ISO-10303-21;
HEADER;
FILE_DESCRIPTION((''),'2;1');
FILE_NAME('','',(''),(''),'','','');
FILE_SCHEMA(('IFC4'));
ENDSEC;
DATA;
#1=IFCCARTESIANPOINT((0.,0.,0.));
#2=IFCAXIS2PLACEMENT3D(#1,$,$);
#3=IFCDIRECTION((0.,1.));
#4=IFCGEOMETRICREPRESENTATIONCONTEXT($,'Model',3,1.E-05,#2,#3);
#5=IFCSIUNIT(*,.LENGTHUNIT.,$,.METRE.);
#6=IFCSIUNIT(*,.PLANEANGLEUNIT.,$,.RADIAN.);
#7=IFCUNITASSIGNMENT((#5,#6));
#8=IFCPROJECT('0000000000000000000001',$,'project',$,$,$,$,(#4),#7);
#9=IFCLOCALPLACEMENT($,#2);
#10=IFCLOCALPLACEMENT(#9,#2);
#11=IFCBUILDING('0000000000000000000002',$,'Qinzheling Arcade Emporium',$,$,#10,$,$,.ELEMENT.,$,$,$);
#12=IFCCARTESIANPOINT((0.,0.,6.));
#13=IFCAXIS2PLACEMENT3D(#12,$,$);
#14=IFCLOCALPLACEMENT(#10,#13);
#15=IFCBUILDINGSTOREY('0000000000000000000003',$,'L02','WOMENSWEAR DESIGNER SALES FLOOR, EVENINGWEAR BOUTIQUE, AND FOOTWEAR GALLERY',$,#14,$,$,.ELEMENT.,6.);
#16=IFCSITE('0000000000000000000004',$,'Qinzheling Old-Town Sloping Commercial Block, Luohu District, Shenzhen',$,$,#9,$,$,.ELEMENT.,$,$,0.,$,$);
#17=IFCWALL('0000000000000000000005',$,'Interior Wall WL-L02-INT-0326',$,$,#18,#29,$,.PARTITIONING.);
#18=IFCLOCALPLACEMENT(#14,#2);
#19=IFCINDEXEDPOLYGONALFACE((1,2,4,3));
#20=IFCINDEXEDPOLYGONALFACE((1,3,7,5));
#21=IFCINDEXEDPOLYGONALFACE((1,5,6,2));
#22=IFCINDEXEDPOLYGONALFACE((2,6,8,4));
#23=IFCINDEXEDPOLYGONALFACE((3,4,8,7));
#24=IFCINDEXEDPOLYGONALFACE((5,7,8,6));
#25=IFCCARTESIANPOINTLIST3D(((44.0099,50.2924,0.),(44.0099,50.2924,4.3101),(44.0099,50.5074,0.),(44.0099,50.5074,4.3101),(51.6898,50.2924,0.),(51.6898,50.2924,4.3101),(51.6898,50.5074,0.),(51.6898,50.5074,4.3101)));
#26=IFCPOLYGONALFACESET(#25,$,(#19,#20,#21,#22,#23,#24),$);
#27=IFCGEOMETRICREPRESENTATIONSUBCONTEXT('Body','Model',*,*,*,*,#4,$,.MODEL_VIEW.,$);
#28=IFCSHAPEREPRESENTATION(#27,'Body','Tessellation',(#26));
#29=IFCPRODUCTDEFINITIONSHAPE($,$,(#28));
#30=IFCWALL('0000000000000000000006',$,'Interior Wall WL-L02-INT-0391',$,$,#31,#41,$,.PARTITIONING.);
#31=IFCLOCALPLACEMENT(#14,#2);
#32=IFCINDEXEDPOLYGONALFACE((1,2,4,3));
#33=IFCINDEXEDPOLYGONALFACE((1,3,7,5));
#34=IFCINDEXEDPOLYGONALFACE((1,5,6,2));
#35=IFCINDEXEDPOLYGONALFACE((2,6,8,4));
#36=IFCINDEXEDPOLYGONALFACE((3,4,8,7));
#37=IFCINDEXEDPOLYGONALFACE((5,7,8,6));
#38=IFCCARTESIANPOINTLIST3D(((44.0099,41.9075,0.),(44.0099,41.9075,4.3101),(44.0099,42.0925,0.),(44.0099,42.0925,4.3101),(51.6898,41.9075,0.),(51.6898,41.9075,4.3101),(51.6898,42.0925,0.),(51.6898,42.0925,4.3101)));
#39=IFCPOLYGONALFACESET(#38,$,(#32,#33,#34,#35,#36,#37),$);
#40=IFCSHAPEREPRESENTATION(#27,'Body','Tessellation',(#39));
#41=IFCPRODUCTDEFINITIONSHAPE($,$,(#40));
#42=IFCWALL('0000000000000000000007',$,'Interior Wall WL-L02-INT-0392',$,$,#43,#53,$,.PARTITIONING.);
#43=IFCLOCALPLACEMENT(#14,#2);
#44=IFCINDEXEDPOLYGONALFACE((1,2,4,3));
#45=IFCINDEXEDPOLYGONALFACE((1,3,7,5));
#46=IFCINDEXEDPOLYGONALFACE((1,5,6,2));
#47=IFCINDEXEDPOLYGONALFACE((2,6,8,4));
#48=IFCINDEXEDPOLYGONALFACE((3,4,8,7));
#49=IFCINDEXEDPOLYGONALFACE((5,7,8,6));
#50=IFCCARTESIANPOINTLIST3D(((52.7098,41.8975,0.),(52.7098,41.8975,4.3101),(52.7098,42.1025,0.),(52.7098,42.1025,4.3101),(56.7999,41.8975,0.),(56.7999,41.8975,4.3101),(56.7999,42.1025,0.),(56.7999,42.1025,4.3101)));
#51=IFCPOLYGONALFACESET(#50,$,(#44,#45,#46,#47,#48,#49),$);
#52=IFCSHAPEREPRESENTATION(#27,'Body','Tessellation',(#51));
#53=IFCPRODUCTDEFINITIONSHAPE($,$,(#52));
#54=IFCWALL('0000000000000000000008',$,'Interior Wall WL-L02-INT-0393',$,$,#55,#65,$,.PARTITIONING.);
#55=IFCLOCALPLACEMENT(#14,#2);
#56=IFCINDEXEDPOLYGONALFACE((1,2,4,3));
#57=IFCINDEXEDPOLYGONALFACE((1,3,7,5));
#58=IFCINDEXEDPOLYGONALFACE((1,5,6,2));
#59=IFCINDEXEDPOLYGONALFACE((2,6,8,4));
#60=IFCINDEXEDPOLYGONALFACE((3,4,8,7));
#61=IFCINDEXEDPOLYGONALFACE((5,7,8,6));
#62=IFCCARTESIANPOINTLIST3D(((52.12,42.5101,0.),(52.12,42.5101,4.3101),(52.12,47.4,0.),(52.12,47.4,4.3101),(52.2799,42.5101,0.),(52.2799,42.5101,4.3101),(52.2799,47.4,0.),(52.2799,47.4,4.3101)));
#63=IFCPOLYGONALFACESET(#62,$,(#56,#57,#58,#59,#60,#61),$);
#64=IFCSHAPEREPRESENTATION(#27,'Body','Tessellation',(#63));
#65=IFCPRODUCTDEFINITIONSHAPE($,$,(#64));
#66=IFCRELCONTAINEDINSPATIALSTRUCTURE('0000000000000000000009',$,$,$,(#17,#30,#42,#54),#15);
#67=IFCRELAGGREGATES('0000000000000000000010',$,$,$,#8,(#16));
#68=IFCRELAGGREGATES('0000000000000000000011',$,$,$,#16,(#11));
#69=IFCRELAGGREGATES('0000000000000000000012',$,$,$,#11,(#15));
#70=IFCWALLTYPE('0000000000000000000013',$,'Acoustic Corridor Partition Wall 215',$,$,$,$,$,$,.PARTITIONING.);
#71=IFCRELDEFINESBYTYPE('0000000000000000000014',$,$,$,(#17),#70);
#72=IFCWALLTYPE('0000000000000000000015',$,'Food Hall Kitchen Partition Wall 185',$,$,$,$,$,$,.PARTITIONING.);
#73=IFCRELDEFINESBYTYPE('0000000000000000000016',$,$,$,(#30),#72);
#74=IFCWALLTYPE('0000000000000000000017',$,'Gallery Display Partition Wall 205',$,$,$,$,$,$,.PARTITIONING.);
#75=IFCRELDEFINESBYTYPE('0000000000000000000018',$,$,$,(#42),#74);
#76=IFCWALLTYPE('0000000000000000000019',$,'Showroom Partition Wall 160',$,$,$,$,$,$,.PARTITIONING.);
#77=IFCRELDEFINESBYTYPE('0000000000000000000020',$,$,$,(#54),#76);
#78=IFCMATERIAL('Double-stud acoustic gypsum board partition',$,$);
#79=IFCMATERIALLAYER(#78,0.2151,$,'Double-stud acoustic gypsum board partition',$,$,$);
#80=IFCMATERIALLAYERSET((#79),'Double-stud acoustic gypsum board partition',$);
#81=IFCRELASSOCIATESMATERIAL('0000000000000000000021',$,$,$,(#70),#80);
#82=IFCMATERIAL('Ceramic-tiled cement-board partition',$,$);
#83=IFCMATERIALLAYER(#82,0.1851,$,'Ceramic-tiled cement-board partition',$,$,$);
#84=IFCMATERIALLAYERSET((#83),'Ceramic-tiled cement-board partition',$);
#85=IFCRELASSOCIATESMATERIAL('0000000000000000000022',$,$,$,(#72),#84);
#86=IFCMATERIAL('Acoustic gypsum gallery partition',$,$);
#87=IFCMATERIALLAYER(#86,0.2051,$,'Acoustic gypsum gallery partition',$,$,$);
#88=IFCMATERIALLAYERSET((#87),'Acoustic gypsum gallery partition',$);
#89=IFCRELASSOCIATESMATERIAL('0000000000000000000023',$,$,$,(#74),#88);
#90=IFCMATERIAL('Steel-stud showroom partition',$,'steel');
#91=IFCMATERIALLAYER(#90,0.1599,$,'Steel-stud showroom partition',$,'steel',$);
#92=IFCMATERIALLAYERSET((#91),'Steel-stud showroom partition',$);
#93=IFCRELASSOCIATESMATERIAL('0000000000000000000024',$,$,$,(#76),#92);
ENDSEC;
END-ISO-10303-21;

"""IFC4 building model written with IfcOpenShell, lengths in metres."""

from ifc_helpers import new_model, si_unit, direction, frame, frame_2d, origin, place, context, subcontext, project, spatial, rectangle, extrude, material, layer, layer_set, type_object, element, save


model = new_model("IFC4")

# Units and contexts
model_context = context("Model", 3, precision=1e-05, world=origin(), true_north=direction((0.0, 1.0)))
body_context = subcontext(model_context, "Body", "Model", "MODEL_VIEW")
ifc_project = project(units=[si_unit("LENGTHUNIT", "METRE"), si_unit("PLANEANGLEUNIT", "RADIAN")], contexts=[model_context])

# Site, building, storey
site_placement = place(None, origin())
site = spatial("IfcSite", under=ifc_project, at=site_placement, Name="Qinzheling Old-Town Sloping Commercial Block, Luohu District, Shenzhen", CompositionType="ELEMENT", RefElevation=0.0)
building_placement = place(site_placement, origin())
building = spatial("IfcBuilding", under=site, at=building_placement, Name="Qinzheling Arcade Emporium", CompositionType="ELEMENT")
storey_placement = place(building_placement, frame((0.0, 0.0, 6.0)))
storey = spatial("IfcBuildingStorey", under=building, at=storey_placement, Name="L02", Description="WOMENSWEAR DESIGNER SALES FLOOR, EVENINGWEAR BOUTIQUE, AND FOOTWEAR GALLERY", CompositionType="ELEMENT", Elevation=6.0)

# Walls
ifc_material_1 = material(Name="Double-stud acoustic gypsum board partition")
ifc_layer_1 = layer(ifc_material_1, 0.2151, Name="Double-stud acoustic gypsum board partition")
ifc_layer_set_1 = layer_set([ifc_layer_1], Name="Double-stud acoustic gypsum board partition")
wall_type_1 = type_object("IfcWallType", Name="Acoustic Corridor Partition Wall 215", PredefinedType="PARTITIONING", material=ifc_layer_set_1)
wall_1_placement = place(storey_placement, frame((44.01, 50.3999, 0.0), z_axis=(0.0, 0.0, 1.0), x_axis=(1.0, 0.0, 0.0)))
element("IfcWall", 1, at=wall_1_placement, inside=storey, type_object=wall_type_1, Name="Interior Wall WL-L02-INT-0326", PredefinedType="PARTITIONING", context=body_context, shape_type="SweptSolid", body=[
    extrude(rectangle(XDim=7.6799, YDim=0.2151, at=frame_2d((3.8398, 0.0))), origin(), (0.0, 0.0, 1.0), 4.3101),
])
ifc_material_2 = material(Name="Ceramic-tiled cement-board partition")
ifc_layer_2 = layer(ifc_material_2, 0.1851, Name="Ceramic-tiled cement-board partition")
ifc_layer_set_2 = layer_set([ifc_layer_2], Name="Ceramic-tiled cement-board partition")
wall_type_2 = type_object("IfcWallType", Name="Food Hall Kitchen Partition Wall 185", PredefinedType="PARTITIONING", material=ifc_layer_set_2)
wall_2_placement = place(storey_placement, frame((44.01, 42.0, 0.0), z_axis=(0.0, 0.0, 1.0), x_axis=(1.0, 0.0, 0.0)))
element("IfcWall", 2, at=wall_2_placement, inside=storey, type_object=wall_type_2, Name="Interior Wall WL-L02-INT-0391", PredefinedType="PARTITIONING", context=body_context, shape_type="SweptSolid", body=[
    extrude(rectangle(XDim=7.6799, YDim=0.1851, at=frame_2d((3.8398, 0.0))), origin(), (0.0, 0.0, 1.0), 4.3101),
])
ifc_material_3 = material(Name="Acoustic gypsum gallery partition")
ifc_layer_3 = layer(ifc_material_3, 0.2051, Name="Acoustic gypsum gallery partition")
ifc_layer_set_3 = layer_set([ifc_layer_3], Name="Acoustic gypsum gallery partition")
wall_type_3 = type_object("IfcWallType", Name="Gallery Display Partition Wall 205", PredefinedType="PARTITIONING", material=ifc_layer_set_3)
wall_3_placement = place(storey_placement, frame((52.71, 42.0, 0.0), z_axis=(0.0, 0.0, 1.0), x_axis=(1.0, 0.0, 0.0)))
element("IfcWall", 3, at=wall_3_placement, inside=storey, type_object=wall_type_3, Name="Interior Wall WL-L02-INT-0392", PredefinedType="PARTITIONING", context=body_context, shape_type="SweptSolid", body=[
    extrude(rectangle(XDim=4.0901, YDim=0.2051, at=frame_2d((2.0449, 0.0))), origin(), (0.0, 0.0, 1.0), 4.3101),
])
ifc_material_4 = material(Name="Steel-stud showroom partition", Category="steel")
ifc_layer_4 = layer(ifc_material_4, 0.1599, Name="Steel-stud showroom partition", Category="steel")
ifc_layer_set_4 = layer_set([ifc_layer_4], Name="Steel-stud showroom partition")
wall_type_4 = type_object("IfcWallType", Name="Showroom Partition Wall 160", PredefinedType="PARTITIONING", material=ifc_layer_set_4)
wall_4_placement = place(storey_placement, frame((52.2, 47.3999, 0.0), z_axis=(0.0, 0.0, 1.0), x_axis=(0.0, -1.0, 0.0)))
element("IfcWall", 4, at=wall_4_placement, inside=storey, type_object=wall_type_4, Name="Interior Wall WL-L02-INT-0393", PredefinedType="PARTITIONING", context=body_context, shape_type="SweptSolid", body=[
    extrude(rectangle(XDim=4.8899, YDim=0.1599, at=frame_2d((2.4448, 0.0))), origin(), (0.0, 0.0, 1.0), 4.3101),
])

save(model, "model.ifc")
